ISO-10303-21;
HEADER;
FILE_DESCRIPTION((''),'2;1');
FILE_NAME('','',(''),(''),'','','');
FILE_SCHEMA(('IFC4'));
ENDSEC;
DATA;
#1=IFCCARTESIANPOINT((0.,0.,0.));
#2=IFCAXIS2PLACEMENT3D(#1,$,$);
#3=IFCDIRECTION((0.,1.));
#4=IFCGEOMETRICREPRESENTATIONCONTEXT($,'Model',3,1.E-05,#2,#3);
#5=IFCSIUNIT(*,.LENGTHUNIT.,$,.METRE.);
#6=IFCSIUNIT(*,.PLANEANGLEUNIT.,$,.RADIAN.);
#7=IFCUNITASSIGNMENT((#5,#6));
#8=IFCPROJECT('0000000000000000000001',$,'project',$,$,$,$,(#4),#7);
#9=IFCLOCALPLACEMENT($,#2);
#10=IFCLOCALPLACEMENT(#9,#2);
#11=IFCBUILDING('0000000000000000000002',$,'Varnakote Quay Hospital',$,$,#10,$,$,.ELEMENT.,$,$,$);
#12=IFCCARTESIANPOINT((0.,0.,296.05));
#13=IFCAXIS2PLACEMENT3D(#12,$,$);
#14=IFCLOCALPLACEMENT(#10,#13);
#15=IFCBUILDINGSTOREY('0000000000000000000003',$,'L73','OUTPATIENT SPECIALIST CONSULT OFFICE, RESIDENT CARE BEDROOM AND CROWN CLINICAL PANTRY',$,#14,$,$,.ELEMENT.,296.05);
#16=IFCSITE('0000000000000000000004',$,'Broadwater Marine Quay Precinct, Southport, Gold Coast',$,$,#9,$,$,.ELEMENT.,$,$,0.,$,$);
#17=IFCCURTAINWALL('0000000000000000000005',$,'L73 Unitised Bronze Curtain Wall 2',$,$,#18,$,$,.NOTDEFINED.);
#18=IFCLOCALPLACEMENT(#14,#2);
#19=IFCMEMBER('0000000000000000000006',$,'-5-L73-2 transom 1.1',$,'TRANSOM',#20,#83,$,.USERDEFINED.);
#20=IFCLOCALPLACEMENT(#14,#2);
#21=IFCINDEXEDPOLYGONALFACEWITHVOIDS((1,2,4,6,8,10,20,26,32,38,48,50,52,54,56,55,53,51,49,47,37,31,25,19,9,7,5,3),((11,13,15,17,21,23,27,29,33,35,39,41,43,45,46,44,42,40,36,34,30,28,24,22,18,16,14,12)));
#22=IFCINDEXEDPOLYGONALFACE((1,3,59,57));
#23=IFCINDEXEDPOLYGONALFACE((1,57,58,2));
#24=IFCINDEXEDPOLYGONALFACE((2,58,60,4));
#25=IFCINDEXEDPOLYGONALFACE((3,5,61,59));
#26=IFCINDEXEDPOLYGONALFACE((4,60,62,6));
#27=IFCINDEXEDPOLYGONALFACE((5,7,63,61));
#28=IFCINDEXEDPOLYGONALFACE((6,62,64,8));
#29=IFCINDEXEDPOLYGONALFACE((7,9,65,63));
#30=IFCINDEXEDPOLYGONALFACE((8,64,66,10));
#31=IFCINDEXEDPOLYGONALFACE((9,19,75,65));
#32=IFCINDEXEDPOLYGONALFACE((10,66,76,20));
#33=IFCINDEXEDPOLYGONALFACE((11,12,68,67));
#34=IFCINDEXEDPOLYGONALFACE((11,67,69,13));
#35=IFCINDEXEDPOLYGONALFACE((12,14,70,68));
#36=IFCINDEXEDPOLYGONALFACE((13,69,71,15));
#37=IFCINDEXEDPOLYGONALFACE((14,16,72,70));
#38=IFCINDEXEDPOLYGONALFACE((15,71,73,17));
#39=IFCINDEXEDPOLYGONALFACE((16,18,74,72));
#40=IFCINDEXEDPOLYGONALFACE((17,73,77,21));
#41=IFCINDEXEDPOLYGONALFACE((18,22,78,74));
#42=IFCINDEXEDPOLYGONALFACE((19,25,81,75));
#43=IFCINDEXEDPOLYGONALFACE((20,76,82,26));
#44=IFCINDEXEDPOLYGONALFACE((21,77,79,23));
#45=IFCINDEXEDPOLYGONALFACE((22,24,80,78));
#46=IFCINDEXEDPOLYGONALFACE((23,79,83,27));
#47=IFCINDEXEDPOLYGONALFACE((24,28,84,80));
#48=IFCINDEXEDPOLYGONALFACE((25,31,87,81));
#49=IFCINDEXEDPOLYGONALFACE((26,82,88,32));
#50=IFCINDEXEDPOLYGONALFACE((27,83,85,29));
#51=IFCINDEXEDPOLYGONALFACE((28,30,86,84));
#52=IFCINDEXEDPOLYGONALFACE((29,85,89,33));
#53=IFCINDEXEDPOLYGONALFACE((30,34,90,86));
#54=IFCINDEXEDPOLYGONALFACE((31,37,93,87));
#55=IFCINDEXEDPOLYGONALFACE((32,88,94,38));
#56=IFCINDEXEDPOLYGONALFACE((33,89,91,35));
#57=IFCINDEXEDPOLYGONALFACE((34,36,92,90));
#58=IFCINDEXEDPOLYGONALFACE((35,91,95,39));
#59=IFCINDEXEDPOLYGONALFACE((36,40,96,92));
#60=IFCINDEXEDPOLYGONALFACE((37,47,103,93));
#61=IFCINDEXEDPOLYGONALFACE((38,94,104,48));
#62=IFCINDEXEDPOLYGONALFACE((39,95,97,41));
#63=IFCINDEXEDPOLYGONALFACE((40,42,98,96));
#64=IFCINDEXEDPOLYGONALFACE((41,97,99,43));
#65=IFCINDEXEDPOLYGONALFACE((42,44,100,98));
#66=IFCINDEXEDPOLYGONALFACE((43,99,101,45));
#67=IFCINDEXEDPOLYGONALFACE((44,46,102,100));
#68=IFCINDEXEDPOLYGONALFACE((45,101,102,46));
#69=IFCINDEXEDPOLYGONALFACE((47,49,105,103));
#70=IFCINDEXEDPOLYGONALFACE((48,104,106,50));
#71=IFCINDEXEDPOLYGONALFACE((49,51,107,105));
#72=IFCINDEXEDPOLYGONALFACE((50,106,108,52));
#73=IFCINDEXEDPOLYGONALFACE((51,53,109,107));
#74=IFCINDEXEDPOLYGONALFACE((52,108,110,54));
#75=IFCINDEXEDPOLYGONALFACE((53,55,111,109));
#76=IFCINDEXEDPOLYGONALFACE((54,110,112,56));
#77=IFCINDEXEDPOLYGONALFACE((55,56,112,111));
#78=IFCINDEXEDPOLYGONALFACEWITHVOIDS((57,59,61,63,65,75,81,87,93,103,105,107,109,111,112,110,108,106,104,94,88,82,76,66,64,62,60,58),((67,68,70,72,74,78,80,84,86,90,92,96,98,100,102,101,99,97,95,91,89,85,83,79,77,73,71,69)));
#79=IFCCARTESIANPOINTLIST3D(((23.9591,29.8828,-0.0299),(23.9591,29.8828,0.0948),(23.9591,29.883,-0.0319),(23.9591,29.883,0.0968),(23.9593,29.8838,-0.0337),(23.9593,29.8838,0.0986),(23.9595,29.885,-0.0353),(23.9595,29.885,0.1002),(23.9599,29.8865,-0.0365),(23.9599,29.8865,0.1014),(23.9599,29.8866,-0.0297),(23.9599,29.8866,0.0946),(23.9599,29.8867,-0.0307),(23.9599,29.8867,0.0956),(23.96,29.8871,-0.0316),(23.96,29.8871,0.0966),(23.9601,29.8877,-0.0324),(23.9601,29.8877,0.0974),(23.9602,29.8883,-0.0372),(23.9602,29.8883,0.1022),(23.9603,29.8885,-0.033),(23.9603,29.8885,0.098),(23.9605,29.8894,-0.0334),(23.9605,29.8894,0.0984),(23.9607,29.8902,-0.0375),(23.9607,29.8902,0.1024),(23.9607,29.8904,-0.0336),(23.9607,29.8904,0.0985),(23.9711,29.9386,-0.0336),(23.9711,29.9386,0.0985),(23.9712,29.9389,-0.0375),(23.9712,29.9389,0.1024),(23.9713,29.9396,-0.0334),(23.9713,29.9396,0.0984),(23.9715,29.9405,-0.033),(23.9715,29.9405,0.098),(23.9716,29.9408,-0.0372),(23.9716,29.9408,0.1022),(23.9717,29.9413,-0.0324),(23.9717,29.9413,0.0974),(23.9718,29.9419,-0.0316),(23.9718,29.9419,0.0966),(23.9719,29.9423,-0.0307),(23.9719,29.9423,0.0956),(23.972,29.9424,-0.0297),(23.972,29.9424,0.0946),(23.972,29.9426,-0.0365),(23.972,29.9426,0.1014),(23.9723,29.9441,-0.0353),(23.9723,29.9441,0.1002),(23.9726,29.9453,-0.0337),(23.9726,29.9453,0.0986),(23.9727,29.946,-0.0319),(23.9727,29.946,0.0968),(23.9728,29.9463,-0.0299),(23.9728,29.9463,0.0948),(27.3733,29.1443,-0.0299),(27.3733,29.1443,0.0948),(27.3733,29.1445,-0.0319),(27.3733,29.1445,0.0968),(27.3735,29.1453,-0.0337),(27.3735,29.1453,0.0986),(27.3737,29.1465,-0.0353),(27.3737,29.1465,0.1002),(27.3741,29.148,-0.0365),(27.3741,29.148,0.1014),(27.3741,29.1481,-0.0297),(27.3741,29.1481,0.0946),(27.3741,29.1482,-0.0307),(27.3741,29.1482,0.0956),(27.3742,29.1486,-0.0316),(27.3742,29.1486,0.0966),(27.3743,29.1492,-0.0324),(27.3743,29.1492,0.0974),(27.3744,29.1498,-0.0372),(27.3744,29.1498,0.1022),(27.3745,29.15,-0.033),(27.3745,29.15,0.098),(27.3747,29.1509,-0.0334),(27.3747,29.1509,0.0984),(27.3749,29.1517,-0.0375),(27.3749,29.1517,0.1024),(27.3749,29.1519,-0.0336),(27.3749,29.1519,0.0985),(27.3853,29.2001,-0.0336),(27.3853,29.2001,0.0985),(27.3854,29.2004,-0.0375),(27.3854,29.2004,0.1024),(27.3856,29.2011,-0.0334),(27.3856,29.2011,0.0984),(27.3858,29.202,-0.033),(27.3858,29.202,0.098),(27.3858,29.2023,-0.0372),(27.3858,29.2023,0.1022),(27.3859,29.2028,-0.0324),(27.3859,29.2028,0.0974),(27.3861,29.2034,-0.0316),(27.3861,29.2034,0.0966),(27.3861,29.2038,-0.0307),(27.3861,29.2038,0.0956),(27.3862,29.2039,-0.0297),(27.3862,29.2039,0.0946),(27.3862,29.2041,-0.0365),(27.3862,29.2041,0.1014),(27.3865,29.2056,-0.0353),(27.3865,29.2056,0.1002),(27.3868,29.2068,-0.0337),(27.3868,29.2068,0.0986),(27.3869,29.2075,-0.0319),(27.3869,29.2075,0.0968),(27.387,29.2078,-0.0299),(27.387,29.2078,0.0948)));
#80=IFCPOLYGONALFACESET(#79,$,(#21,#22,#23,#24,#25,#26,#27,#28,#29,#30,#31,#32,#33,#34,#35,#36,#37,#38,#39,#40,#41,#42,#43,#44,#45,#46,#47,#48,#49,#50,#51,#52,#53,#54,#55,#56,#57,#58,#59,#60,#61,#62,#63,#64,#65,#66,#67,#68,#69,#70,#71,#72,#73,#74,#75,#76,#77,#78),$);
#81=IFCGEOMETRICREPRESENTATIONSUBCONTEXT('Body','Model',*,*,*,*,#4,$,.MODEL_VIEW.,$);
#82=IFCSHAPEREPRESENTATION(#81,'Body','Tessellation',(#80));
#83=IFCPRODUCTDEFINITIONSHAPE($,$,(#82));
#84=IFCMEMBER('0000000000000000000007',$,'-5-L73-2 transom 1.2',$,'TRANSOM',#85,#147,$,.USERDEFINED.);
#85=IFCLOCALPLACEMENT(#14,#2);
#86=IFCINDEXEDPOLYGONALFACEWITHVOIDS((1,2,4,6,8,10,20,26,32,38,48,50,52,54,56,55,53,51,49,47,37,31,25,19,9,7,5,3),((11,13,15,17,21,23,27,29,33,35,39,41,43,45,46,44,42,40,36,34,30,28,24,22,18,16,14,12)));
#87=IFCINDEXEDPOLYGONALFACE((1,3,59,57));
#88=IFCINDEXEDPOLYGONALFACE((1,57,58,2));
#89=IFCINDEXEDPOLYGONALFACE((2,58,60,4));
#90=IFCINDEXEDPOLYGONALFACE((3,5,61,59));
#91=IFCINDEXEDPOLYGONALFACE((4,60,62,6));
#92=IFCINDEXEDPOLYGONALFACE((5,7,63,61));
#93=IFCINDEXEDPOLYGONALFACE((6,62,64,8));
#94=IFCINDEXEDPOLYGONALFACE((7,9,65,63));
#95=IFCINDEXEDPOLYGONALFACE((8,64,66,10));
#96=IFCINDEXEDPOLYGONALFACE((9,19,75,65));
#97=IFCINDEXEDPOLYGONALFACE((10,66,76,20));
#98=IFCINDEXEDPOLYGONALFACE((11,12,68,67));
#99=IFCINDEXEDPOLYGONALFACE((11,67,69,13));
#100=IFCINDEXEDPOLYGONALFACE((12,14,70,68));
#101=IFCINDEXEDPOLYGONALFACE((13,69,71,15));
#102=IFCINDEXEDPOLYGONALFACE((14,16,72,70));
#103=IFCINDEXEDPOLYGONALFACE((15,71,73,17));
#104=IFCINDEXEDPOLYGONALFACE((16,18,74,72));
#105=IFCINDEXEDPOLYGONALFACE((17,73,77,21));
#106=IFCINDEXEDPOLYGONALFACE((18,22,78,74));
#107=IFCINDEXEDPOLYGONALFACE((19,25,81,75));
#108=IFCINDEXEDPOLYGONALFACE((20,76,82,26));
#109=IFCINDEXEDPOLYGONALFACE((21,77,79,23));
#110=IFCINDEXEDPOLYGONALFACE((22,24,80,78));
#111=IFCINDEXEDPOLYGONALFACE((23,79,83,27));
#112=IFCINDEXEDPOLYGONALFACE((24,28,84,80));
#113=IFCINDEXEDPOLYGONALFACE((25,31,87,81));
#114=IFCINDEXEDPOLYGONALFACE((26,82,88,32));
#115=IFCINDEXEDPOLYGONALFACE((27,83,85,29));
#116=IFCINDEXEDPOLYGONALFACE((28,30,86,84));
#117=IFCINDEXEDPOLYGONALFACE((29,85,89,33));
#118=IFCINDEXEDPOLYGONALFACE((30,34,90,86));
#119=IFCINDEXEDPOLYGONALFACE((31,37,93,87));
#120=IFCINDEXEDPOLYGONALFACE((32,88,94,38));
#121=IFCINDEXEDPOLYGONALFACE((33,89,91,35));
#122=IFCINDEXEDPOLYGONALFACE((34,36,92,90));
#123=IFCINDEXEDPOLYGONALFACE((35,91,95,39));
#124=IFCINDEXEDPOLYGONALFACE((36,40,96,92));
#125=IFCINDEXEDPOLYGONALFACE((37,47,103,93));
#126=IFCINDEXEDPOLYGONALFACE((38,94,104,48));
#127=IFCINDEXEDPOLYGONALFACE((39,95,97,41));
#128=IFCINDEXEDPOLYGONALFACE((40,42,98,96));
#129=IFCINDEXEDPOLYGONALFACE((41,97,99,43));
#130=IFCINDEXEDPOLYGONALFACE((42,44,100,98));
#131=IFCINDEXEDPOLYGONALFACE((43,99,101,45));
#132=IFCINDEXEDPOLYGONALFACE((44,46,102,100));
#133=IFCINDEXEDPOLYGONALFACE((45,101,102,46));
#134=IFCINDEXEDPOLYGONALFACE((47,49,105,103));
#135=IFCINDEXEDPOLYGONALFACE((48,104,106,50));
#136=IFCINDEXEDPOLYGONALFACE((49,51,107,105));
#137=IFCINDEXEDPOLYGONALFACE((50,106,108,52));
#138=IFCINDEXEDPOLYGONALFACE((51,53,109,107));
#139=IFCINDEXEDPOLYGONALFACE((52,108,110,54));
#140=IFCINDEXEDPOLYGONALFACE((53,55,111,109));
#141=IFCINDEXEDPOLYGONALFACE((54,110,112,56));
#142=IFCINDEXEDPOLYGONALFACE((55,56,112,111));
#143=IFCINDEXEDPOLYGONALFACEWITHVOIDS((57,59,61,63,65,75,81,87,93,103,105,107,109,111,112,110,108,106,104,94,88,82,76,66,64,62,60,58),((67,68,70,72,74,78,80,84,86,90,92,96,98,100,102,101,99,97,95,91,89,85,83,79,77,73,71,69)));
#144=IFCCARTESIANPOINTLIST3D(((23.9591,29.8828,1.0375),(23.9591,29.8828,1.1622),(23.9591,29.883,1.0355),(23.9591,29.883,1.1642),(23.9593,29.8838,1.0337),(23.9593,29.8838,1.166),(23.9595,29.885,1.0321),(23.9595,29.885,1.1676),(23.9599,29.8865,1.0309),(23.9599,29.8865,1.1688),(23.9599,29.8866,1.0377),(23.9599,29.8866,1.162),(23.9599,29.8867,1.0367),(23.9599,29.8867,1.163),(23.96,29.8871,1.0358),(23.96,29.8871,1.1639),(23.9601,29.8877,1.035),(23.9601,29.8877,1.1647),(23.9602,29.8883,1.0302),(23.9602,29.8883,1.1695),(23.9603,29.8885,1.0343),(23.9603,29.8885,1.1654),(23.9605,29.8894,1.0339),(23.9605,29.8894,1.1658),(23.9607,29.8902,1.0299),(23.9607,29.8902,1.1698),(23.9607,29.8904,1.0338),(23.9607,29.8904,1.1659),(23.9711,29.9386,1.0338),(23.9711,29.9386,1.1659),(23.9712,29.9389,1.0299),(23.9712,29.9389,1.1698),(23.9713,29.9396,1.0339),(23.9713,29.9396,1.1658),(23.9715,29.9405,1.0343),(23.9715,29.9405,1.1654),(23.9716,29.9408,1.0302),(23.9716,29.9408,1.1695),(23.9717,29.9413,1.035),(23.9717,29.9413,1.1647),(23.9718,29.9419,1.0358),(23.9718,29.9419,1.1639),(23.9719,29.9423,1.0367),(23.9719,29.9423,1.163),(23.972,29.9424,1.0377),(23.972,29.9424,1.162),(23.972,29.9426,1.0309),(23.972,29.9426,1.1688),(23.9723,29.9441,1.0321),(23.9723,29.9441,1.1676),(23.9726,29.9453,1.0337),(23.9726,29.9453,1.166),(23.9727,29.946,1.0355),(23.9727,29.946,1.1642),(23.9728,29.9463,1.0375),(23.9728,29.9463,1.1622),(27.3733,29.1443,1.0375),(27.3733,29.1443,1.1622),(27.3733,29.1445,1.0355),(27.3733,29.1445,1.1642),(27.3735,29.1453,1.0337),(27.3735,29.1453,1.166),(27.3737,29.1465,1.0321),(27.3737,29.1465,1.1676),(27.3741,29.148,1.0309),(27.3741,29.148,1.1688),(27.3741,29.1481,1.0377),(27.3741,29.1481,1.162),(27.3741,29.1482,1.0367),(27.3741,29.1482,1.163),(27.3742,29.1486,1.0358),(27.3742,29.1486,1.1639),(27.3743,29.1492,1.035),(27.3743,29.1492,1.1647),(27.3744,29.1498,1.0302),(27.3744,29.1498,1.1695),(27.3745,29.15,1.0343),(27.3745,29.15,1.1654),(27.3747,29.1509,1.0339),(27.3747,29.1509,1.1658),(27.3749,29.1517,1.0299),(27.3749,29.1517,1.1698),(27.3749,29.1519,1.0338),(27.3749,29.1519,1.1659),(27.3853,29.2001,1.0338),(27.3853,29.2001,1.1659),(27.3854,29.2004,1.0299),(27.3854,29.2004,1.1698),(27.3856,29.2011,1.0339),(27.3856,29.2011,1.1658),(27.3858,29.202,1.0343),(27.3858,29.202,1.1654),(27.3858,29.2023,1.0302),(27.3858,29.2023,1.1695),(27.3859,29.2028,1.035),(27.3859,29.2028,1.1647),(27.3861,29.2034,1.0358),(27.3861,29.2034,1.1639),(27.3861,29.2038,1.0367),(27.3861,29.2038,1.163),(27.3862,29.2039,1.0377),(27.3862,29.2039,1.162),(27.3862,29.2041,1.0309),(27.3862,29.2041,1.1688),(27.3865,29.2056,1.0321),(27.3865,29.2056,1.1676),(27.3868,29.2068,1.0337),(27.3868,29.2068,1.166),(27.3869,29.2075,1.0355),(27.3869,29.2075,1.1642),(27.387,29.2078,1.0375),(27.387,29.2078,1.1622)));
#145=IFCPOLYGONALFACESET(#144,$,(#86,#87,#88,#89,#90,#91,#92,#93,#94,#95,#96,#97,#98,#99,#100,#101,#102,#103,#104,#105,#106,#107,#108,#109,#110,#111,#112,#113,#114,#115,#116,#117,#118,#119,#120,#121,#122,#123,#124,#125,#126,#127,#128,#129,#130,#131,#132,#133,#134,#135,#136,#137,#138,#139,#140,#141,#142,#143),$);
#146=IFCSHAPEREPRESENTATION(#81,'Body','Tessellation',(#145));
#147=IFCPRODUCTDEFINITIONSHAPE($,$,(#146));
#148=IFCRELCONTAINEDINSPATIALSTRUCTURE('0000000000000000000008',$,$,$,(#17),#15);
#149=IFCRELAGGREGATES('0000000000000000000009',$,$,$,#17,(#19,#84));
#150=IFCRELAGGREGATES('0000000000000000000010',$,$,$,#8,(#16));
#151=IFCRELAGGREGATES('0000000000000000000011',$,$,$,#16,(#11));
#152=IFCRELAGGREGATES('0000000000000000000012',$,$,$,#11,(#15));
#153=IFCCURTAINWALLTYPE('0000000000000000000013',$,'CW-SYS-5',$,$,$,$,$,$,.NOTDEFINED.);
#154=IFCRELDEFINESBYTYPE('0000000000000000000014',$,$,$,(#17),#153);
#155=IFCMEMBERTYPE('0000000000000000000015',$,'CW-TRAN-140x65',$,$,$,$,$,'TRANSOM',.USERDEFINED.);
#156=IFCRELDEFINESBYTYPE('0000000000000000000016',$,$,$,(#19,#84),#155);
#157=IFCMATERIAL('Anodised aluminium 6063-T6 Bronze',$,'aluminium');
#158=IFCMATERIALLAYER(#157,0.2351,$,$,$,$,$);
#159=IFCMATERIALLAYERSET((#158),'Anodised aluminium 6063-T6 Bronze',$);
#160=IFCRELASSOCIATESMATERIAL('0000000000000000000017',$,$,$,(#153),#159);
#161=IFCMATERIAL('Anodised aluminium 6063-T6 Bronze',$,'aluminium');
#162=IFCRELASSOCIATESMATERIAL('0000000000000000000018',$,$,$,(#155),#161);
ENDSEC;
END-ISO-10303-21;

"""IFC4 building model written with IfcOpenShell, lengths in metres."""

from ifc_helpers import new_model, si_unit, direction, frame, origin, origin_2d, place, context, subcontext, project, spatial, hollow_rectangle, extrude, material, layer, layer_set, material_profile, profile_set, type_object, element, aggregate, save


model = new_model("IFC4")

# Units and contexts
model_context = context("Model", 3, precision=1e-05, world=origin(), true_north=direction((0.0, 1.0)))
body_context = subcontext(model_context, "Body", "Model", "MODEL_VIEW")
ifc_project = project(units=[si_unit("LENGTHUNIT", "METRE"), si_unit("PLANEANGLEUNIT", "RADIAN")], contexts=[model_context])

# Site, building, storey
site_placement = place(None, origin())
site = spatial("IfcSite", under=ifc_project, at=site_placement, Name="Broadwater Marine Quay Precinct, Southport, Gold Coast", CompositionType="ELEMENT", RefElevation=0.0)
building_placement = place(site_placement, origin())
building = spatial("IfcBuilding", under=site, at=building_placement, Name="Varnakote Quay Hospital", CompositionType="ELEMENT")
storey_placement = place(building_placement, frame((0.0, 0.0, 296.05)))
storey = spatial("IfcBuildingStorey", under=building, at=storey_placement, Name="L73", Description="OUTPATIENT SPECIALIST CONSULT OFFICE, RESIDENT CARE BEDROOM AND CROWN CLINICAL PANTRY", CompositionType="ELEMENT", Elevation=296.05)

# Shared definitions
ifc_material_1 = material(Name="Anodised aluminium 6063-T6 Bronze", Category="aluminium")
ifc_layer_1 = layer(ifc_material_1, 0.2351)
ifc_layer_set_1 = layer_set([ifc_layer_1], Name="Anodised aluminium 6063-T6 Bronze")
curtain_wall_type = type_object("IfcCurtainWallType", Name="CW-SYS-5", PredefinedType="NOTDEFINED", material=ifc_layer_set_1)

# Curtain wall, members
curtain_wall_1_placement = place(storey_placement, origin())
curtain_wall_1 = element("IfcCurtainWall", 1, at=curtain_wall_1_placement, inside=storey, type_object=curtain_wall_type, Name="L73 Unitised Bronze Curtain Wall 2", PredefinedType="NOTDEFINED")
ifc_material_2 = material(Name="Anodised aluminium 6063-T6 Bronze", Category="aluminium")
ifc_material_profile_1 = material_profile(ifc_material_2, hollow_rectangle(XDim=0.0649, YDim=0.1399, WallThickness=0.0039, InnerFilletRadius=0.0039, OuterFilletRadius=0.0076, at=origin_2d()), Name="CW-TRAN-140x65")
ifc_profile_set_1 = profile_set([ifc_material_profile_1], Name="Anodised aluminium 6063-T6 Bronze")
member_type_1 = type_object("IfcMemberType", Name="CW-TRAN-140x65", ElementType="TRANSOM", PredefinedType="USERDEFINED", material=ifc_profile_set_1)
member_1_placement = place(storey_placement, frame((27.3801, 29.176, 0.0325), z_axis=(-0.977397, 0.211414, 0.0), x_axis=(-0.211414, -0.977397, 0.0)))
member_1 = element("IfcMember", 2, at=member_1_placement, type_object=member_type_1, Name="-5-L73-2 transom 1.1", ObjectType="TRANSOM", PredefinedType="USERDEFINED", context=body_context, shape_type="SweptSolid", body=[
    extrude(hollow_rectangle(XDim=0.0649, YDim=0.1399, WallThickness=0.0039, InnerFilletRadius=0.0039, OuterFilletRadius=0.0076, at=origin_2d()), origin(), (0.0, 0.0, 1.0), 3.4932),
])
member_2_placement = place(storey_placement, frame((27.3801, 29.176, 1.0999), z_axis=(-0.977397, 0.211414, 0.0), x_axis=(-0.211414, -0.977397, 0.0)))
member_2 = element("IfcMember", 3, at=member_2_placement, type_object=member_type_1, Name="-5-L73-2 transom 1.2", ObjectType="TRANSOM", PredefinedType="USERDEFINED", context=body_context, shape_type="SweptSolid", body=[
    extrude(hollow_rectangle(XDim=0.0649, YDim=0.1399, WallThickness=0.0039, InnerFilletRadius=0.0039, OuterFilletRadius=0.0076, at=origin_2d()), origin(), (0.0, 0.0, 1.0), 3.4932),
])

aggregate(curtain_wall_1, [member_1, member_2])

save(model, "model.ifc")
